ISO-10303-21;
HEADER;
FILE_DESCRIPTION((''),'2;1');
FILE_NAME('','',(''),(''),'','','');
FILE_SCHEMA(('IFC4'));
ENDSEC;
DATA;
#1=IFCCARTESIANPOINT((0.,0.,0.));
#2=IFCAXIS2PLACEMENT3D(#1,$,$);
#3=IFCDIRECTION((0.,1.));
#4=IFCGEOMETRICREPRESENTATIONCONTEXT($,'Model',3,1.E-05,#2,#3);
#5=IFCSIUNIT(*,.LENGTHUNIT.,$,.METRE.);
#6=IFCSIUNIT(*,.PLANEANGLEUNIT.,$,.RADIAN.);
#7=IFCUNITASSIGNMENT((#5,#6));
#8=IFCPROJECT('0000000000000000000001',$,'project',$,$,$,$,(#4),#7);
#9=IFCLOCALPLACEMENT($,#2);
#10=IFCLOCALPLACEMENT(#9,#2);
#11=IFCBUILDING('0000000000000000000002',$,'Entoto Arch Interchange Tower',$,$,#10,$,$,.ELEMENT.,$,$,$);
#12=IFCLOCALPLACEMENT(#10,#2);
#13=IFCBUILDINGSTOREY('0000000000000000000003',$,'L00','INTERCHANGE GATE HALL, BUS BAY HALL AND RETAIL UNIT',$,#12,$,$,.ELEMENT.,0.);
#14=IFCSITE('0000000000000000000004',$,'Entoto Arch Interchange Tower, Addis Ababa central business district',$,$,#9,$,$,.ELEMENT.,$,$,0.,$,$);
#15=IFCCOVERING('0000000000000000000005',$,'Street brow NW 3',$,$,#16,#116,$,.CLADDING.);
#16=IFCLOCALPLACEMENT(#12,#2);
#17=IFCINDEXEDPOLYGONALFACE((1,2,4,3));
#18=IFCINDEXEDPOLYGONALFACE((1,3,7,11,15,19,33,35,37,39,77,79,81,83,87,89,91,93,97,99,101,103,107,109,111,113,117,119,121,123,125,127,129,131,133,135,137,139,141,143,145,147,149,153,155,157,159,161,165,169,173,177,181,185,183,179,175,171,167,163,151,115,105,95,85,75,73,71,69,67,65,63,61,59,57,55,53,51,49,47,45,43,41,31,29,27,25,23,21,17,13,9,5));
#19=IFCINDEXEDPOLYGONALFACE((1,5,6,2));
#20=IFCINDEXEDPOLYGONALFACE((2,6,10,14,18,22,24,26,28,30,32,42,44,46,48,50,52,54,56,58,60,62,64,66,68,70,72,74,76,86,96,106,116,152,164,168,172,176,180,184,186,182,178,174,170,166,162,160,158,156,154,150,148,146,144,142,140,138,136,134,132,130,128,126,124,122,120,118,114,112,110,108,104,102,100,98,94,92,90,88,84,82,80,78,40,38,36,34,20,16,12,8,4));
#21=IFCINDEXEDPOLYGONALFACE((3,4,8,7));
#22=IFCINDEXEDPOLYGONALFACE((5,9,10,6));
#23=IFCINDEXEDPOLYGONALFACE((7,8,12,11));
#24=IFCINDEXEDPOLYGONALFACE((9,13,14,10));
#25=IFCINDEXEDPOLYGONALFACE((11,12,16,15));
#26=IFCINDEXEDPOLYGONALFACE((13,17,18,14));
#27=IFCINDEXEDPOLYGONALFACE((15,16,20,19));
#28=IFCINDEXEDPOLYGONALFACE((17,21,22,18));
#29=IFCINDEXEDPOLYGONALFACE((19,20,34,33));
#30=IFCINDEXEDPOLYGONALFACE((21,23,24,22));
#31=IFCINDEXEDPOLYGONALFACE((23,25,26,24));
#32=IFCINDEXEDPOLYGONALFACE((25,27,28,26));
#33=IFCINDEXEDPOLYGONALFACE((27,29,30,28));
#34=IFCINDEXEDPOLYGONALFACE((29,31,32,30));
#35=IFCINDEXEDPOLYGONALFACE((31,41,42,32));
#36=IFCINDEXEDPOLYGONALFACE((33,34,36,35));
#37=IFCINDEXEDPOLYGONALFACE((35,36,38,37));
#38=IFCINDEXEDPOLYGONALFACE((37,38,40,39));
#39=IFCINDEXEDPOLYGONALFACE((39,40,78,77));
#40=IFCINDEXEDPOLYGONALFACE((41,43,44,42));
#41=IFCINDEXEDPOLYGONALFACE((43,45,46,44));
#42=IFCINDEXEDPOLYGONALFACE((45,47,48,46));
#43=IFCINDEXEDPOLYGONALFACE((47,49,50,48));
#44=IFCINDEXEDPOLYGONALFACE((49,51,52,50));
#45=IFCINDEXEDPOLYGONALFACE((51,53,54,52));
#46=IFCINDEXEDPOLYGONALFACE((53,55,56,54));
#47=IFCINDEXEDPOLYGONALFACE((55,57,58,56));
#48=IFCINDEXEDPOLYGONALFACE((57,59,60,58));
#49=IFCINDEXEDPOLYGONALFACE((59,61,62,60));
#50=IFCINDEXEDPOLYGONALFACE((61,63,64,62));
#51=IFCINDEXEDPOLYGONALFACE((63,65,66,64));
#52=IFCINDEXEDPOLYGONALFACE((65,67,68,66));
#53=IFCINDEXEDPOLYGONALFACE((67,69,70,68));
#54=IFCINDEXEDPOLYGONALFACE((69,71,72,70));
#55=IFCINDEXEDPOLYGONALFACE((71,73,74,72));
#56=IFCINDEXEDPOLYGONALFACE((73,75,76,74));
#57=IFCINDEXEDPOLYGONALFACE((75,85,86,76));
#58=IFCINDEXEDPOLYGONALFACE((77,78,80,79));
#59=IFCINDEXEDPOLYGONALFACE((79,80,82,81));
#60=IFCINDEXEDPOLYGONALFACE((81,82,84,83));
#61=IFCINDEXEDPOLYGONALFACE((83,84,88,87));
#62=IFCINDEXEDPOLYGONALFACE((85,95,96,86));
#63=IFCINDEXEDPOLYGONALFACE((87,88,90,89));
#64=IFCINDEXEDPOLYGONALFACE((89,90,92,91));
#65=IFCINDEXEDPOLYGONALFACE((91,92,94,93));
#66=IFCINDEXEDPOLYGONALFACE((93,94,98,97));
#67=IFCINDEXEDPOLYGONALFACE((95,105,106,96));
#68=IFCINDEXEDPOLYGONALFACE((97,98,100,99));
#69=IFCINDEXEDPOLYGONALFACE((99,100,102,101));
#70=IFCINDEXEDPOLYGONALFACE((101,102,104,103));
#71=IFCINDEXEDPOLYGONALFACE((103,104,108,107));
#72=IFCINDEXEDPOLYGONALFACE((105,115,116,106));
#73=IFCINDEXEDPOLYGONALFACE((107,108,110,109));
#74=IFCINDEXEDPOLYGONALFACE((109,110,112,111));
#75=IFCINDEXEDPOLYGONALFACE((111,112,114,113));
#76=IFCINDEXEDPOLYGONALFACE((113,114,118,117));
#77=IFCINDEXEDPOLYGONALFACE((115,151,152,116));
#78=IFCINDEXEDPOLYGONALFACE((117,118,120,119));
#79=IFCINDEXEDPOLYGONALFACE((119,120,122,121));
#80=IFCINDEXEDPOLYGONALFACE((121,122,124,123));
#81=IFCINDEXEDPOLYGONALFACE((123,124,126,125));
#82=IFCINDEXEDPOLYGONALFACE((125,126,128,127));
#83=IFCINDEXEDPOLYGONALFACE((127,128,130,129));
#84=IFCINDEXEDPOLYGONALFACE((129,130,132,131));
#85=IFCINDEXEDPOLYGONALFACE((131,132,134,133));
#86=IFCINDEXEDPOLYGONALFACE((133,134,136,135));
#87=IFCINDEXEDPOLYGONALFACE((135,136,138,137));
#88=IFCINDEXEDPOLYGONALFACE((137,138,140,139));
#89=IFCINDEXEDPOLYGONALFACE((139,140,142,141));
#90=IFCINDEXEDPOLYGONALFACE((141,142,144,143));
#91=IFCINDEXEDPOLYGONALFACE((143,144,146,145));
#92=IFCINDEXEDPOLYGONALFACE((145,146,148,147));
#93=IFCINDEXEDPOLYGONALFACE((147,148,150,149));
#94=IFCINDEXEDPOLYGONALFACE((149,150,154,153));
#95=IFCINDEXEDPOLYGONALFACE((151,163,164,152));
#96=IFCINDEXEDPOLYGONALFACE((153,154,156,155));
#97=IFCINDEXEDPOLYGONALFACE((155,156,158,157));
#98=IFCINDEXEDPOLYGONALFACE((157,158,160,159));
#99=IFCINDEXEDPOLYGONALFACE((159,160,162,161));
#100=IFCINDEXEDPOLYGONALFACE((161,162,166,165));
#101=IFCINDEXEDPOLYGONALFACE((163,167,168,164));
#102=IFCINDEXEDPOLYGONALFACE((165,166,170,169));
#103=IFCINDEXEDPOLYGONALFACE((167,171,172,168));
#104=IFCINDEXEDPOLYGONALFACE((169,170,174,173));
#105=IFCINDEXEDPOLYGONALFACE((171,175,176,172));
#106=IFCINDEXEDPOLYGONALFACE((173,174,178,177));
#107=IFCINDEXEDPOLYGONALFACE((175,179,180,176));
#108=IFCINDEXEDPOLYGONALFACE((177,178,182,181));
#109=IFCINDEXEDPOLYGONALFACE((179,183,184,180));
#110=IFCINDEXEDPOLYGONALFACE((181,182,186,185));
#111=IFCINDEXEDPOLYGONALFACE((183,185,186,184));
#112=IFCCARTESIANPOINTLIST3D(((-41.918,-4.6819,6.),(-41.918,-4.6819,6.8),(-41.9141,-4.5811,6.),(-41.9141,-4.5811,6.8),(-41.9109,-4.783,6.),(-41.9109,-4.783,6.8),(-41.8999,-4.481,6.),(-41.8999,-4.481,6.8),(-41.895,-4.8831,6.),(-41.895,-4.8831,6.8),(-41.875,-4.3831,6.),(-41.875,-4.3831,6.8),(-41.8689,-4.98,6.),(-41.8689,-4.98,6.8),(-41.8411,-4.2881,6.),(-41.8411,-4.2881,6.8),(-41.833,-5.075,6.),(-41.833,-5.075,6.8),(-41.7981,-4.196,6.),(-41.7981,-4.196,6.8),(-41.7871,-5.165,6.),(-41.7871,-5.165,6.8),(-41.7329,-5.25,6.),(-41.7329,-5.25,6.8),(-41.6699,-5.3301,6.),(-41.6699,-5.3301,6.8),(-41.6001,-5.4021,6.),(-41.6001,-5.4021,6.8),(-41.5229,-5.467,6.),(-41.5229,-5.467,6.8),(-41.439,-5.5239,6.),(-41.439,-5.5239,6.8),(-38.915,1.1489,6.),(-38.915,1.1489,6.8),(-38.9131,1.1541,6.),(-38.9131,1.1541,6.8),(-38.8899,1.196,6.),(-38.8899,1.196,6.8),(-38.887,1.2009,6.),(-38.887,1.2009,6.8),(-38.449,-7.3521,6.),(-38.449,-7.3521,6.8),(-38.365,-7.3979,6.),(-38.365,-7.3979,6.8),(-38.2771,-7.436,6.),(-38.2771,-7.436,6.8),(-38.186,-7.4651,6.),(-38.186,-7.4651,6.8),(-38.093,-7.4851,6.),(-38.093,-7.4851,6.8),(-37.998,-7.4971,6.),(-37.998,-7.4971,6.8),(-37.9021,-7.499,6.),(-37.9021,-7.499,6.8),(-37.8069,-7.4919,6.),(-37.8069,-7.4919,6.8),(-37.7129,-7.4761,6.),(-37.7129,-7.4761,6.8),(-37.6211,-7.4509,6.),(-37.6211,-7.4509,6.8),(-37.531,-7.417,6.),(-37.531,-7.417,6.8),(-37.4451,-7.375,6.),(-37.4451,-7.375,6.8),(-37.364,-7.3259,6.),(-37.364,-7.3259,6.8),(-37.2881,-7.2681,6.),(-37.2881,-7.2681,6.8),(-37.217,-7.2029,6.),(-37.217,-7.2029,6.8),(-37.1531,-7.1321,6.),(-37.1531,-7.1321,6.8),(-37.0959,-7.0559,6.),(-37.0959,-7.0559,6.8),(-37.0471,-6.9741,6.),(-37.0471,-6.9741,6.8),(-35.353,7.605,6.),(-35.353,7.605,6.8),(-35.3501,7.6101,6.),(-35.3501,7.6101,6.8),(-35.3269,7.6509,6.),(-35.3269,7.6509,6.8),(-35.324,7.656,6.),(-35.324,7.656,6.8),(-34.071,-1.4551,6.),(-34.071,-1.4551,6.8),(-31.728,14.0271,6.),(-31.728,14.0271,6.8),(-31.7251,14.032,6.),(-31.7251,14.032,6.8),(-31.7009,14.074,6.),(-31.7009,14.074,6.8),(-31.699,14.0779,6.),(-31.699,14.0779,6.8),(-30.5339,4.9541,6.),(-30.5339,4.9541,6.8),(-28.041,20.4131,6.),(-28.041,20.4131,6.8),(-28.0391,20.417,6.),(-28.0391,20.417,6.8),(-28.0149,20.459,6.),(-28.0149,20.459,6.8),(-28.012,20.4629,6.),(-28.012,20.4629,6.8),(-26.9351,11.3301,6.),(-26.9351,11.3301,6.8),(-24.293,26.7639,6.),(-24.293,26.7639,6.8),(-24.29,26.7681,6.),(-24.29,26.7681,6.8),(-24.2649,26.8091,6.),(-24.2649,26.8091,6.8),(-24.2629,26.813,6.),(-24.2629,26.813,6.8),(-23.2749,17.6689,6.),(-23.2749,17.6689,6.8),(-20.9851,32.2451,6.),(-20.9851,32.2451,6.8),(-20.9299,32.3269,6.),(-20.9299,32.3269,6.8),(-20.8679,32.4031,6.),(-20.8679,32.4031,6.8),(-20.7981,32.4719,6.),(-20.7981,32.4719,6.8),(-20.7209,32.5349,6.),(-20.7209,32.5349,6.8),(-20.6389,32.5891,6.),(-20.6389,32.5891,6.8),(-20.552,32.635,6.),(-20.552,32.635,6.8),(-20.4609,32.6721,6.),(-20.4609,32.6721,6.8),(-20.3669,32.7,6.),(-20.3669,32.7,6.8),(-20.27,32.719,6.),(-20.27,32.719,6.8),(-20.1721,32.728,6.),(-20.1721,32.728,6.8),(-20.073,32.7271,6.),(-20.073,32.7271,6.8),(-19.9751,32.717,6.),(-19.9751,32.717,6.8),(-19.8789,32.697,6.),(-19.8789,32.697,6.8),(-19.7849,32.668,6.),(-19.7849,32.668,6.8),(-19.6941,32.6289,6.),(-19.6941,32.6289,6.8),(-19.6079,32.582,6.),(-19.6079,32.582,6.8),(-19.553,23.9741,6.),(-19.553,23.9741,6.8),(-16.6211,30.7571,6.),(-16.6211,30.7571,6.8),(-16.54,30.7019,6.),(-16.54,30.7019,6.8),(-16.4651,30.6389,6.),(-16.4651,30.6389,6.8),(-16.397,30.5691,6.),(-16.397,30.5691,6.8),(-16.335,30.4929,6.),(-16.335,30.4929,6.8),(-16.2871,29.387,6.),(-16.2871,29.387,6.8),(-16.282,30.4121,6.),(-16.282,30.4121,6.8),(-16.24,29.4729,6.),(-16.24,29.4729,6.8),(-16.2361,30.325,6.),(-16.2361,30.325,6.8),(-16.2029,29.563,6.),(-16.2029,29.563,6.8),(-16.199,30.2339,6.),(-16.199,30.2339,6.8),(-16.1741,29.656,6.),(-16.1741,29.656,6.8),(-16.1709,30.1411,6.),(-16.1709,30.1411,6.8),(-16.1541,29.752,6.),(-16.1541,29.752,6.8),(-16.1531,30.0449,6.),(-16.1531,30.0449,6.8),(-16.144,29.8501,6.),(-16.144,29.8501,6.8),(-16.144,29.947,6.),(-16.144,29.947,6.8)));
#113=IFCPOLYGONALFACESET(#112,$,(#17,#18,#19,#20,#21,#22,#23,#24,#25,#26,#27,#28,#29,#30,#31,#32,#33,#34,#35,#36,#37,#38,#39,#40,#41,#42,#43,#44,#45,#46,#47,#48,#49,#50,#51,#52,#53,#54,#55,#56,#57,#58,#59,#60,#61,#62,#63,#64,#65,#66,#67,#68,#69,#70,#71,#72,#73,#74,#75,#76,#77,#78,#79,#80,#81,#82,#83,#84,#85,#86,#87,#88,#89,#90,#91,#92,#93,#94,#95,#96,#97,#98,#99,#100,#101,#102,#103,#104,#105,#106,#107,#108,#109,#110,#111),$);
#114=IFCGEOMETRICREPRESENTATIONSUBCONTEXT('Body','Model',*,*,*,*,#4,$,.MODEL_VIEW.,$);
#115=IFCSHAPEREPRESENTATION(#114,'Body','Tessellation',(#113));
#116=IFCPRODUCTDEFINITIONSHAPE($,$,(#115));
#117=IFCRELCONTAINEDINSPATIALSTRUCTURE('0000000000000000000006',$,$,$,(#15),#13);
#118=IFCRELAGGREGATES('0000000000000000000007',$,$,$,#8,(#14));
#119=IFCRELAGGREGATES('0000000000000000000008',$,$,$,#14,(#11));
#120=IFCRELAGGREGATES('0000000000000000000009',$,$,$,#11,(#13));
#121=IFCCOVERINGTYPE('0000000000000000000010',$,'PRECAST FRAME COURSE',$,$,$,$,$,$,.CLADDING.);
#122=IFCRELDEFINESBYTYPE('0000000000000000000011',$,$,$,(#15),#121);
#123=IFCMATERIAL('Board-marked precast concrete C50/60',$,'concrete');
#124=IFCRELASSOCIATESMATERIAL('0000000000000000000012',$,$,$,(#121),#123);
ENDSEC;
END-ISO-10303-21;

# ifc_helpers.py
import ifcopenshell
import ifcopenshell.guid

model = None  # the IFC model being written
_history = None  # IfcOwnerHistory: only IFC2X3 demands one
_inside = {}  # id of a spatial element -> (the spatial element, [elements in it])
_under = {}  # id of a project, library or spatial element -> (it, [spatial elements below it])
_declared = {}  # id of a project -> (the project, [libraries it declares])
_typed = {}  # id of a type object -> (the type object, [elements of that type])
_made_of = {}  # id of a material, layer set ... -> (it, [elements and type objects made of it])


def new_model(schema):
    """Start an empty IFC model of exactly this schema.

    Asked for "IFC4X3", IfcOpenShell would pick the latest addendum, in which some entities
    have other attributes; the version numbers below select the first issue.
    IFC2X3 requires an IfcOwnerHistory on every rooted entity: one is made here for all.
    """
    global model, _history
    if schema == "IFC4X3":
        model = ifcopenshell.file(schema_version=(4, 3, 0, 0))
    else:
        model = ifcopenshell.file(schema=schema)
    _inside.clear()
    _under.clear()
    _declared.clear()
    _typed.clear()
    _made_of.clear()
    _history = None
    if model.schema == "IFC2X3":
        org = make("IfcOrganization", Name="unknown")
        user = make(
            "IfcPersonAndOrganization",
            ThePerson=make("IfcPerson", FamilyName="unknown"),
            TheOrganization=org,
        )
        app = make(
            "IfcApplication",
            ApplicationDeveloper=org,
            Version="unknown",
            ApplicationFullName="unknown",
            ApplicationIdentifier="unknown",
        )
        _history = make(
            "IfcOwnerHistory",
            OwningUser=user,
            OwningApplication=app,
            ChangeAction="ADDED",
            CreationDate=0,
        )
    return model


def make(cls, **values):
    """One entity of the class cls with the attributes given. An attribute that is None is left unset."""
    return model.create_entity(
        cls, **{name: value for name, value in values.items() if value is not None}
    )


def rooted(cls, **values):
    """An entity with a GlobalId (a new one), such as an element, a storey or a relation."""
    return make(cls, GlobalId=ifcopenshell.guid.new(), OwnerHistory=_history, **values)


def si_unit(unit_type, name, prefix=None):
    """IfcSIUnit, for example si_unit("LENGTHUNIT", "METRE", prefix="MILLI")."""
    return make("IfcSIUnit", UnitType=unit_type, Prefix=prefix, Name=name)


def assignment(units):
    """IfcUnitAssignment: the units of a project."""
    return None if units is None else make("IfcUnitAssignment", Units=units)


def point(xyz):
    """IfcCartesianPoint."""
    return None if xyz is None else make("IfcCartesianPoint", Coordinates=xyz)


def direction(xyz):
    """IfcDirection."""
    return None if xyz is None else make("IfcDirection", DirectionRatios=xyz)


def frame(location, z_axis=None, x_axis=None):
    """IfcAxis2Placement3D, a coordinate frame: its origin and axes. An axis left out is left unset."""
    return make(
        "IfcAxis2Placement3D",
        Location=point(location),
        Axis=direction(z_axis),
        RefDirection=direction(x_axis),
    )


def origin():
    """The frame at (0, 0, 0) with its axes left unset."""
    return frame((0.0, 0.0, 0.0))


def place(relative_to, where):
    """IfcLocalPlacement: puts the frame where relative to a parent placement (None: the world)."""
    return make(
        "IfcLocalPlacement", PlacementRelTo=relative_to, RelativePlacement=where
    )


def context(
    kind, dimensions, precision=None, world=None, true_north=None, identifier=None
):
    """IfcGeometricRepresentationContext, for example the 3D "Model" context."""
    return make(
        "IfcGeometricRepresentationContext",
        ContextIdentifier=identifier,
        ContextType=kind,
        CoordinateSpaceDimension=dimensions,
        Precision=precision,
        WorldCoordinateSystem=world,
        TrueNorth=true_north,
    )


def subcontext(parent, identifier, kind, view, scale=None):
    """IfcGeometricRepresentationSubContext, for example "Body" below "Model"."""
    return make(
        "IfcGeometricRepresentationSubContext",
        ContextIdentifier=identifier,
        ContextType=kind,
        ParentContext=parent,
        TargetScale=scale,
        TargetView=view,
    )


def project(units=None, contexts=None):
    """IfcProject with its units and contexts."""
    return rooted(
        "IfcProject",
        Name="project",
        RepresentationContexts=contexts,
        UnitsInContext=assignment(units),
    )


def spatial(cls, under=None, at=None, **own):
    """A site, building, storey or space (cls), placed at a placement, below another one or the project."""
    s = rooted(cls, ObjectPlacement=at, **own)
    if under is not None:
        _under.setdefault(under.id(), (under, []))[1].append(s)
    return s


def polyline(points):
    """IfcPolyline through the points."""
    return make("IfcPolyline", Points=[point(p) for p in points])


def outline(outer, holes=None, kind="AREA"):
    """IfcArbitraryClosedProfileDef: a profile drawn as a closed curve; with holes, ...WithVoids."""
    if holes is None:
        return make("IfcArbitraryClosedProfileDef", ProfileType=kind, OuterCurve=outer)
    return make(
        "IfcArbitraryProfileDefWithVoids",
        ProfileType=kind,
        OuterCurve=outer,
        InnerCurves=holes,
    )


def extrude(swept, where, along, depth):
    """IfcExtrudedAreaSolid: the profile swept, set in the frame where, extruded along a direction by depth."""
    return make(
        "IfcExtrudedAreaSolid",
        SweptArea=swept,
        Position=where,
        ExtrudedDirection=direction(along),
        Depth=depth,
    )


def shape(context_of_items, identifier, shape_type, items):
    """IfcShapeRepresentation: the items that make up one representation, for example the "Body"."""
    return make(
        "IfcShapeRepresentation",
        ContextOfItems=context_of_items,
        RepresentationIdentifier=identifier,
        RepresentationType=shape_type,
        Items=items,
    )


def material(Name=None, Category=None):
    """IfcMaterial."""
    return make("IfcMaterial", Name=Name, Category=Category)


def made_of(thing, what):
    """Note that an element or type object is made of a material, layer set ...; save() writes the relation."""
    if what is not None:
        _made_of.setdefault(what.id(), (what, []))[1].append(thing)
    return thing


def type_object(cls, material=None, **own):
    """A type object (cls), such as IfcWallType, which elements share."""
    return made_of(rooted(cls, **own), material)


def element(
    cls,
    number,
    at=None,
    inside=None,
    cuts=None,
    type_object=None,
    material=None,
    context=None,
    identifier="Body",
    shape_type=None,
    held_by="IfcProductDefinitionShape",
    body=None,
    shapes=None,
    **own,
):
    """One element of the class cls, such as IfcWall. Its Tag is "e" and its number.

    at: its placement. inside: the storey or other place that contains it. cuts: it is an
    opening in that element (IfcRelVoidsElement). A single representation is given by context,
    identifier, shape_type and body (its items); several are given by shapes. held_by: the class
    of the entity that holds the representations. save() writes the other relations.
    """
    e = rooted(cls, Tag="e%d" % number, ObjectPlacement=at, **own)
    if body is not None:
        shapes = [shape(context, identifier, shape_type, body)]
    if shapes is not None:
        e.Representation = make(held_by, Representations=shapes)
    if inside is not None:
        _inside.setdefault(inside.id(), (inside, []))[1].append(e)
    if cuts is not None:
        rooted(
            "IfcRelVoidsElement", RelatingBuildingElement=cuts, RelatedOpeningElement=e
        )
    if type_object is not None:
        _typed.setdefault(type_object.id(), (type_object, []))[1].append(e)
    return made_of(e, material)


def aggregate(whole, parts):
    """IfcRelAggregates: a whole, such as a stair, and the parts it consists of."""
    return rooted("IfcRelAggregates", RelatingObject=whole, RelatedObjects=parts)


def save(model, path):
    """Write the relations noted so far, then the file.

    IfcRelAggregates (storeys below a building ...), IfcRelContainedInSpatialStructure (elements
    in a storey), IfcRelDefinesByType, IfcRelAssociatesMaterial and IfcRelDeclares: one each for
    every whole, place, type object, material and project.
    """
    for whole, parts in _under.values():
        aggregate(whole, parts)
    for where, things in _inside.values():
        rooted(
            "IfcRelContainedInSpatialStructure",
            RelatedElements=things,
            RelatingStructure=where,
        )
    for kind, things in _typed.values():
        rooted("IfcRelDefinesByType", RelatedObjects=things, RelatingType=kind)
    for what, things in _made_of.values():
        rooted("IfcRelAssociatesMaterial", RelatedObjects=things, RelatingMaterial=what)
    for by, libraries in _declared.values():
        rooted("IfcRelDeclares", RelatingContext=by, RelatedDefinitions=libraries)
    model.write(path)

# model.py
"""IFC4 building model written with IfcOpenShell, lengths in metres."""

from ifc_helpers import new_model, si_unit, direction, frame, origin, place, context, subcontext, project, spatial, polyline, outline, extrude, material, type_object, element, save


model = new_model("IFC4")

# Units and contexts
model_context = context("Model", 3, precision=1e-05, world=origin(), true_north=direction((0.0, 1.0)))
body_context = subcontext(model_context, "Body", "Model", "MODEL_VIEW")
ifc_project = project(units=[si_unit("LENGTHUNIT", "METRE"), si_unit("PLANEANGLEUNIT", "RADIAN")], contexts=[model_context])

# Site, building, storey
site_placement = place(None, origin())
site = spatial("IfcSite", under=ifc_project, at=site_placement, Name="Entoto Arch Interchange Tower, Addis Ababa central business district", CompositionType="ELEMENT", RefElevation=0.0)
building_placement = place(site_placement, origin())
building = spatial("IfcBuilding", under=site, at=building_placement, Name="Entoto Arch Interchange Tower", CompositionType="ELEMENT")
storey_placement = place(building_placement, origin())
storey = spatial("IfcBuildingStorey", under=building, at=storey_placement, Name="L00", Description="INTERCHANGE GATE HALL, BUS BAY HALL AND RETAIL UNIT", CompositionType="ELEMENT", Elevation=0.0)

# Covering
ifc_material_1 = material(Name="Board-marked precast concrete C50/60", Category="concrete")
covering_type = type_object("IfcCoveringType", Name="PRECAST FRAME COURSE", PredefinedType="CLADDING", material=ifc_material_1)
covering_1_placement = place(storey_placement, frame((0.0, 0.0, 6.0)))
element("IfcCovering", 1, at=covering_1_placement, inside=storey, type_object=covering_type, Name="Street brow NW 3", PredefinedType="CLADDING", context=body_context, shape_type="SweptSolid", body=[
    extrude(outline(polyline([(-38.915, 1.1489), (-38.9131, 1.1541), (-38.8899, 1.196), (-38.887, 1.2009), (-35.353, 7.605), (-35.3501, 7.6101), (-35.3269, 7.6509), (-35.324, 7.656), (-31.728, 14.0271), (-31.7251, 14.032), (-31.7009, 14.074), (-31.699, 14.0779), (-28.041, 20.4131), (-28.0391, 20.417), (-28.0149, 20.459), (-28.012, 20.4629), (-24.293, 26.7639), (-24.29, 26.7681), (-24.2649, 26.8091), (-24.2629, 26.813), (-20.9851, 32.2451), (-20.9299, 32.3269), (-20.8679, 32.4031), (-20.7981, 32.4719), (-20.7209, 32.5349), (-20.6389, 32.5891), (-20.552, 32.635), (-20.4609, 32.6721), (-20.3669, 32.7), (-20.27, 32.719), (-20.1721, 32.728), (-20.073, 32.7271), (-19.9751, 32.717), (-19.8789, 32.697), (-19.7849, 32.668), (-19.6941, 32.6289), (-19.6079, 32.582), (-16.6211, 30.7571), (-16.54, 30.7019), (-16.4651, 30.6389), (-16.397, 30.5691), (-16.335, 30.4929), (-16.282, 30.4121), (-16.2361, 30.325), (-16.199, 30.2339), (-16.1709, 30.1411), (-16.1531, 30.0449), (-16.144, 29.947), (-16.144, 29.8501), (-16.1541, 29.752), (-16.1741, 29.656), (-16.2029, 29.563), (-16.24, 29.4729), (-16.2871, 29.387), (-19.553, 23.9741), (-23.2749, 17.6689), (-26.9351, 11.3301), (-30.5339, 4.9541), (-34.071, -1.4551), (-37.0471, -6.9741), (-37.0959, -7.0559), (-37.1531, -7.1321), (-37.217, -7.2029), (-37.2881, -7.2681), (-37.364, -7.3259), (-37.4451, -7.375), (-37.531, -7.417), (-37.6211, -7.4509), (-37.7129, -7.4761), (-37.8069, -7.4919), (-37.9021, -7.499), (-37.998, -7.4971), (-38.093, -7.4851), (-38.186, -7.4651), (-38.2771, -7.436), (-38.365, -7.3979), (-38.449, -7.3521), (-41.439, -5.5239), (-41.5229, -5.467), (-41.6001, -5.4021), (-41.6699, -5.3301), (-41.7329, -5.25), (-41.7871, -5.165), (-41.833, -5.075), (-41.8689, -4.98), (-41.895, -4.8831), (-41.9109, -4.783), (-41.918, -4.6819), (-41.9141, -4.5811), (-41.8999, -4.481), (-41.875, -4.3831), (-41.8411, -4.2881), (-41.7981, -4.196), (-38.915, 1.1489)])), origin(), (0.0, 0.0, 1.0), 0.8),
])

save(model, "model.ifc")
